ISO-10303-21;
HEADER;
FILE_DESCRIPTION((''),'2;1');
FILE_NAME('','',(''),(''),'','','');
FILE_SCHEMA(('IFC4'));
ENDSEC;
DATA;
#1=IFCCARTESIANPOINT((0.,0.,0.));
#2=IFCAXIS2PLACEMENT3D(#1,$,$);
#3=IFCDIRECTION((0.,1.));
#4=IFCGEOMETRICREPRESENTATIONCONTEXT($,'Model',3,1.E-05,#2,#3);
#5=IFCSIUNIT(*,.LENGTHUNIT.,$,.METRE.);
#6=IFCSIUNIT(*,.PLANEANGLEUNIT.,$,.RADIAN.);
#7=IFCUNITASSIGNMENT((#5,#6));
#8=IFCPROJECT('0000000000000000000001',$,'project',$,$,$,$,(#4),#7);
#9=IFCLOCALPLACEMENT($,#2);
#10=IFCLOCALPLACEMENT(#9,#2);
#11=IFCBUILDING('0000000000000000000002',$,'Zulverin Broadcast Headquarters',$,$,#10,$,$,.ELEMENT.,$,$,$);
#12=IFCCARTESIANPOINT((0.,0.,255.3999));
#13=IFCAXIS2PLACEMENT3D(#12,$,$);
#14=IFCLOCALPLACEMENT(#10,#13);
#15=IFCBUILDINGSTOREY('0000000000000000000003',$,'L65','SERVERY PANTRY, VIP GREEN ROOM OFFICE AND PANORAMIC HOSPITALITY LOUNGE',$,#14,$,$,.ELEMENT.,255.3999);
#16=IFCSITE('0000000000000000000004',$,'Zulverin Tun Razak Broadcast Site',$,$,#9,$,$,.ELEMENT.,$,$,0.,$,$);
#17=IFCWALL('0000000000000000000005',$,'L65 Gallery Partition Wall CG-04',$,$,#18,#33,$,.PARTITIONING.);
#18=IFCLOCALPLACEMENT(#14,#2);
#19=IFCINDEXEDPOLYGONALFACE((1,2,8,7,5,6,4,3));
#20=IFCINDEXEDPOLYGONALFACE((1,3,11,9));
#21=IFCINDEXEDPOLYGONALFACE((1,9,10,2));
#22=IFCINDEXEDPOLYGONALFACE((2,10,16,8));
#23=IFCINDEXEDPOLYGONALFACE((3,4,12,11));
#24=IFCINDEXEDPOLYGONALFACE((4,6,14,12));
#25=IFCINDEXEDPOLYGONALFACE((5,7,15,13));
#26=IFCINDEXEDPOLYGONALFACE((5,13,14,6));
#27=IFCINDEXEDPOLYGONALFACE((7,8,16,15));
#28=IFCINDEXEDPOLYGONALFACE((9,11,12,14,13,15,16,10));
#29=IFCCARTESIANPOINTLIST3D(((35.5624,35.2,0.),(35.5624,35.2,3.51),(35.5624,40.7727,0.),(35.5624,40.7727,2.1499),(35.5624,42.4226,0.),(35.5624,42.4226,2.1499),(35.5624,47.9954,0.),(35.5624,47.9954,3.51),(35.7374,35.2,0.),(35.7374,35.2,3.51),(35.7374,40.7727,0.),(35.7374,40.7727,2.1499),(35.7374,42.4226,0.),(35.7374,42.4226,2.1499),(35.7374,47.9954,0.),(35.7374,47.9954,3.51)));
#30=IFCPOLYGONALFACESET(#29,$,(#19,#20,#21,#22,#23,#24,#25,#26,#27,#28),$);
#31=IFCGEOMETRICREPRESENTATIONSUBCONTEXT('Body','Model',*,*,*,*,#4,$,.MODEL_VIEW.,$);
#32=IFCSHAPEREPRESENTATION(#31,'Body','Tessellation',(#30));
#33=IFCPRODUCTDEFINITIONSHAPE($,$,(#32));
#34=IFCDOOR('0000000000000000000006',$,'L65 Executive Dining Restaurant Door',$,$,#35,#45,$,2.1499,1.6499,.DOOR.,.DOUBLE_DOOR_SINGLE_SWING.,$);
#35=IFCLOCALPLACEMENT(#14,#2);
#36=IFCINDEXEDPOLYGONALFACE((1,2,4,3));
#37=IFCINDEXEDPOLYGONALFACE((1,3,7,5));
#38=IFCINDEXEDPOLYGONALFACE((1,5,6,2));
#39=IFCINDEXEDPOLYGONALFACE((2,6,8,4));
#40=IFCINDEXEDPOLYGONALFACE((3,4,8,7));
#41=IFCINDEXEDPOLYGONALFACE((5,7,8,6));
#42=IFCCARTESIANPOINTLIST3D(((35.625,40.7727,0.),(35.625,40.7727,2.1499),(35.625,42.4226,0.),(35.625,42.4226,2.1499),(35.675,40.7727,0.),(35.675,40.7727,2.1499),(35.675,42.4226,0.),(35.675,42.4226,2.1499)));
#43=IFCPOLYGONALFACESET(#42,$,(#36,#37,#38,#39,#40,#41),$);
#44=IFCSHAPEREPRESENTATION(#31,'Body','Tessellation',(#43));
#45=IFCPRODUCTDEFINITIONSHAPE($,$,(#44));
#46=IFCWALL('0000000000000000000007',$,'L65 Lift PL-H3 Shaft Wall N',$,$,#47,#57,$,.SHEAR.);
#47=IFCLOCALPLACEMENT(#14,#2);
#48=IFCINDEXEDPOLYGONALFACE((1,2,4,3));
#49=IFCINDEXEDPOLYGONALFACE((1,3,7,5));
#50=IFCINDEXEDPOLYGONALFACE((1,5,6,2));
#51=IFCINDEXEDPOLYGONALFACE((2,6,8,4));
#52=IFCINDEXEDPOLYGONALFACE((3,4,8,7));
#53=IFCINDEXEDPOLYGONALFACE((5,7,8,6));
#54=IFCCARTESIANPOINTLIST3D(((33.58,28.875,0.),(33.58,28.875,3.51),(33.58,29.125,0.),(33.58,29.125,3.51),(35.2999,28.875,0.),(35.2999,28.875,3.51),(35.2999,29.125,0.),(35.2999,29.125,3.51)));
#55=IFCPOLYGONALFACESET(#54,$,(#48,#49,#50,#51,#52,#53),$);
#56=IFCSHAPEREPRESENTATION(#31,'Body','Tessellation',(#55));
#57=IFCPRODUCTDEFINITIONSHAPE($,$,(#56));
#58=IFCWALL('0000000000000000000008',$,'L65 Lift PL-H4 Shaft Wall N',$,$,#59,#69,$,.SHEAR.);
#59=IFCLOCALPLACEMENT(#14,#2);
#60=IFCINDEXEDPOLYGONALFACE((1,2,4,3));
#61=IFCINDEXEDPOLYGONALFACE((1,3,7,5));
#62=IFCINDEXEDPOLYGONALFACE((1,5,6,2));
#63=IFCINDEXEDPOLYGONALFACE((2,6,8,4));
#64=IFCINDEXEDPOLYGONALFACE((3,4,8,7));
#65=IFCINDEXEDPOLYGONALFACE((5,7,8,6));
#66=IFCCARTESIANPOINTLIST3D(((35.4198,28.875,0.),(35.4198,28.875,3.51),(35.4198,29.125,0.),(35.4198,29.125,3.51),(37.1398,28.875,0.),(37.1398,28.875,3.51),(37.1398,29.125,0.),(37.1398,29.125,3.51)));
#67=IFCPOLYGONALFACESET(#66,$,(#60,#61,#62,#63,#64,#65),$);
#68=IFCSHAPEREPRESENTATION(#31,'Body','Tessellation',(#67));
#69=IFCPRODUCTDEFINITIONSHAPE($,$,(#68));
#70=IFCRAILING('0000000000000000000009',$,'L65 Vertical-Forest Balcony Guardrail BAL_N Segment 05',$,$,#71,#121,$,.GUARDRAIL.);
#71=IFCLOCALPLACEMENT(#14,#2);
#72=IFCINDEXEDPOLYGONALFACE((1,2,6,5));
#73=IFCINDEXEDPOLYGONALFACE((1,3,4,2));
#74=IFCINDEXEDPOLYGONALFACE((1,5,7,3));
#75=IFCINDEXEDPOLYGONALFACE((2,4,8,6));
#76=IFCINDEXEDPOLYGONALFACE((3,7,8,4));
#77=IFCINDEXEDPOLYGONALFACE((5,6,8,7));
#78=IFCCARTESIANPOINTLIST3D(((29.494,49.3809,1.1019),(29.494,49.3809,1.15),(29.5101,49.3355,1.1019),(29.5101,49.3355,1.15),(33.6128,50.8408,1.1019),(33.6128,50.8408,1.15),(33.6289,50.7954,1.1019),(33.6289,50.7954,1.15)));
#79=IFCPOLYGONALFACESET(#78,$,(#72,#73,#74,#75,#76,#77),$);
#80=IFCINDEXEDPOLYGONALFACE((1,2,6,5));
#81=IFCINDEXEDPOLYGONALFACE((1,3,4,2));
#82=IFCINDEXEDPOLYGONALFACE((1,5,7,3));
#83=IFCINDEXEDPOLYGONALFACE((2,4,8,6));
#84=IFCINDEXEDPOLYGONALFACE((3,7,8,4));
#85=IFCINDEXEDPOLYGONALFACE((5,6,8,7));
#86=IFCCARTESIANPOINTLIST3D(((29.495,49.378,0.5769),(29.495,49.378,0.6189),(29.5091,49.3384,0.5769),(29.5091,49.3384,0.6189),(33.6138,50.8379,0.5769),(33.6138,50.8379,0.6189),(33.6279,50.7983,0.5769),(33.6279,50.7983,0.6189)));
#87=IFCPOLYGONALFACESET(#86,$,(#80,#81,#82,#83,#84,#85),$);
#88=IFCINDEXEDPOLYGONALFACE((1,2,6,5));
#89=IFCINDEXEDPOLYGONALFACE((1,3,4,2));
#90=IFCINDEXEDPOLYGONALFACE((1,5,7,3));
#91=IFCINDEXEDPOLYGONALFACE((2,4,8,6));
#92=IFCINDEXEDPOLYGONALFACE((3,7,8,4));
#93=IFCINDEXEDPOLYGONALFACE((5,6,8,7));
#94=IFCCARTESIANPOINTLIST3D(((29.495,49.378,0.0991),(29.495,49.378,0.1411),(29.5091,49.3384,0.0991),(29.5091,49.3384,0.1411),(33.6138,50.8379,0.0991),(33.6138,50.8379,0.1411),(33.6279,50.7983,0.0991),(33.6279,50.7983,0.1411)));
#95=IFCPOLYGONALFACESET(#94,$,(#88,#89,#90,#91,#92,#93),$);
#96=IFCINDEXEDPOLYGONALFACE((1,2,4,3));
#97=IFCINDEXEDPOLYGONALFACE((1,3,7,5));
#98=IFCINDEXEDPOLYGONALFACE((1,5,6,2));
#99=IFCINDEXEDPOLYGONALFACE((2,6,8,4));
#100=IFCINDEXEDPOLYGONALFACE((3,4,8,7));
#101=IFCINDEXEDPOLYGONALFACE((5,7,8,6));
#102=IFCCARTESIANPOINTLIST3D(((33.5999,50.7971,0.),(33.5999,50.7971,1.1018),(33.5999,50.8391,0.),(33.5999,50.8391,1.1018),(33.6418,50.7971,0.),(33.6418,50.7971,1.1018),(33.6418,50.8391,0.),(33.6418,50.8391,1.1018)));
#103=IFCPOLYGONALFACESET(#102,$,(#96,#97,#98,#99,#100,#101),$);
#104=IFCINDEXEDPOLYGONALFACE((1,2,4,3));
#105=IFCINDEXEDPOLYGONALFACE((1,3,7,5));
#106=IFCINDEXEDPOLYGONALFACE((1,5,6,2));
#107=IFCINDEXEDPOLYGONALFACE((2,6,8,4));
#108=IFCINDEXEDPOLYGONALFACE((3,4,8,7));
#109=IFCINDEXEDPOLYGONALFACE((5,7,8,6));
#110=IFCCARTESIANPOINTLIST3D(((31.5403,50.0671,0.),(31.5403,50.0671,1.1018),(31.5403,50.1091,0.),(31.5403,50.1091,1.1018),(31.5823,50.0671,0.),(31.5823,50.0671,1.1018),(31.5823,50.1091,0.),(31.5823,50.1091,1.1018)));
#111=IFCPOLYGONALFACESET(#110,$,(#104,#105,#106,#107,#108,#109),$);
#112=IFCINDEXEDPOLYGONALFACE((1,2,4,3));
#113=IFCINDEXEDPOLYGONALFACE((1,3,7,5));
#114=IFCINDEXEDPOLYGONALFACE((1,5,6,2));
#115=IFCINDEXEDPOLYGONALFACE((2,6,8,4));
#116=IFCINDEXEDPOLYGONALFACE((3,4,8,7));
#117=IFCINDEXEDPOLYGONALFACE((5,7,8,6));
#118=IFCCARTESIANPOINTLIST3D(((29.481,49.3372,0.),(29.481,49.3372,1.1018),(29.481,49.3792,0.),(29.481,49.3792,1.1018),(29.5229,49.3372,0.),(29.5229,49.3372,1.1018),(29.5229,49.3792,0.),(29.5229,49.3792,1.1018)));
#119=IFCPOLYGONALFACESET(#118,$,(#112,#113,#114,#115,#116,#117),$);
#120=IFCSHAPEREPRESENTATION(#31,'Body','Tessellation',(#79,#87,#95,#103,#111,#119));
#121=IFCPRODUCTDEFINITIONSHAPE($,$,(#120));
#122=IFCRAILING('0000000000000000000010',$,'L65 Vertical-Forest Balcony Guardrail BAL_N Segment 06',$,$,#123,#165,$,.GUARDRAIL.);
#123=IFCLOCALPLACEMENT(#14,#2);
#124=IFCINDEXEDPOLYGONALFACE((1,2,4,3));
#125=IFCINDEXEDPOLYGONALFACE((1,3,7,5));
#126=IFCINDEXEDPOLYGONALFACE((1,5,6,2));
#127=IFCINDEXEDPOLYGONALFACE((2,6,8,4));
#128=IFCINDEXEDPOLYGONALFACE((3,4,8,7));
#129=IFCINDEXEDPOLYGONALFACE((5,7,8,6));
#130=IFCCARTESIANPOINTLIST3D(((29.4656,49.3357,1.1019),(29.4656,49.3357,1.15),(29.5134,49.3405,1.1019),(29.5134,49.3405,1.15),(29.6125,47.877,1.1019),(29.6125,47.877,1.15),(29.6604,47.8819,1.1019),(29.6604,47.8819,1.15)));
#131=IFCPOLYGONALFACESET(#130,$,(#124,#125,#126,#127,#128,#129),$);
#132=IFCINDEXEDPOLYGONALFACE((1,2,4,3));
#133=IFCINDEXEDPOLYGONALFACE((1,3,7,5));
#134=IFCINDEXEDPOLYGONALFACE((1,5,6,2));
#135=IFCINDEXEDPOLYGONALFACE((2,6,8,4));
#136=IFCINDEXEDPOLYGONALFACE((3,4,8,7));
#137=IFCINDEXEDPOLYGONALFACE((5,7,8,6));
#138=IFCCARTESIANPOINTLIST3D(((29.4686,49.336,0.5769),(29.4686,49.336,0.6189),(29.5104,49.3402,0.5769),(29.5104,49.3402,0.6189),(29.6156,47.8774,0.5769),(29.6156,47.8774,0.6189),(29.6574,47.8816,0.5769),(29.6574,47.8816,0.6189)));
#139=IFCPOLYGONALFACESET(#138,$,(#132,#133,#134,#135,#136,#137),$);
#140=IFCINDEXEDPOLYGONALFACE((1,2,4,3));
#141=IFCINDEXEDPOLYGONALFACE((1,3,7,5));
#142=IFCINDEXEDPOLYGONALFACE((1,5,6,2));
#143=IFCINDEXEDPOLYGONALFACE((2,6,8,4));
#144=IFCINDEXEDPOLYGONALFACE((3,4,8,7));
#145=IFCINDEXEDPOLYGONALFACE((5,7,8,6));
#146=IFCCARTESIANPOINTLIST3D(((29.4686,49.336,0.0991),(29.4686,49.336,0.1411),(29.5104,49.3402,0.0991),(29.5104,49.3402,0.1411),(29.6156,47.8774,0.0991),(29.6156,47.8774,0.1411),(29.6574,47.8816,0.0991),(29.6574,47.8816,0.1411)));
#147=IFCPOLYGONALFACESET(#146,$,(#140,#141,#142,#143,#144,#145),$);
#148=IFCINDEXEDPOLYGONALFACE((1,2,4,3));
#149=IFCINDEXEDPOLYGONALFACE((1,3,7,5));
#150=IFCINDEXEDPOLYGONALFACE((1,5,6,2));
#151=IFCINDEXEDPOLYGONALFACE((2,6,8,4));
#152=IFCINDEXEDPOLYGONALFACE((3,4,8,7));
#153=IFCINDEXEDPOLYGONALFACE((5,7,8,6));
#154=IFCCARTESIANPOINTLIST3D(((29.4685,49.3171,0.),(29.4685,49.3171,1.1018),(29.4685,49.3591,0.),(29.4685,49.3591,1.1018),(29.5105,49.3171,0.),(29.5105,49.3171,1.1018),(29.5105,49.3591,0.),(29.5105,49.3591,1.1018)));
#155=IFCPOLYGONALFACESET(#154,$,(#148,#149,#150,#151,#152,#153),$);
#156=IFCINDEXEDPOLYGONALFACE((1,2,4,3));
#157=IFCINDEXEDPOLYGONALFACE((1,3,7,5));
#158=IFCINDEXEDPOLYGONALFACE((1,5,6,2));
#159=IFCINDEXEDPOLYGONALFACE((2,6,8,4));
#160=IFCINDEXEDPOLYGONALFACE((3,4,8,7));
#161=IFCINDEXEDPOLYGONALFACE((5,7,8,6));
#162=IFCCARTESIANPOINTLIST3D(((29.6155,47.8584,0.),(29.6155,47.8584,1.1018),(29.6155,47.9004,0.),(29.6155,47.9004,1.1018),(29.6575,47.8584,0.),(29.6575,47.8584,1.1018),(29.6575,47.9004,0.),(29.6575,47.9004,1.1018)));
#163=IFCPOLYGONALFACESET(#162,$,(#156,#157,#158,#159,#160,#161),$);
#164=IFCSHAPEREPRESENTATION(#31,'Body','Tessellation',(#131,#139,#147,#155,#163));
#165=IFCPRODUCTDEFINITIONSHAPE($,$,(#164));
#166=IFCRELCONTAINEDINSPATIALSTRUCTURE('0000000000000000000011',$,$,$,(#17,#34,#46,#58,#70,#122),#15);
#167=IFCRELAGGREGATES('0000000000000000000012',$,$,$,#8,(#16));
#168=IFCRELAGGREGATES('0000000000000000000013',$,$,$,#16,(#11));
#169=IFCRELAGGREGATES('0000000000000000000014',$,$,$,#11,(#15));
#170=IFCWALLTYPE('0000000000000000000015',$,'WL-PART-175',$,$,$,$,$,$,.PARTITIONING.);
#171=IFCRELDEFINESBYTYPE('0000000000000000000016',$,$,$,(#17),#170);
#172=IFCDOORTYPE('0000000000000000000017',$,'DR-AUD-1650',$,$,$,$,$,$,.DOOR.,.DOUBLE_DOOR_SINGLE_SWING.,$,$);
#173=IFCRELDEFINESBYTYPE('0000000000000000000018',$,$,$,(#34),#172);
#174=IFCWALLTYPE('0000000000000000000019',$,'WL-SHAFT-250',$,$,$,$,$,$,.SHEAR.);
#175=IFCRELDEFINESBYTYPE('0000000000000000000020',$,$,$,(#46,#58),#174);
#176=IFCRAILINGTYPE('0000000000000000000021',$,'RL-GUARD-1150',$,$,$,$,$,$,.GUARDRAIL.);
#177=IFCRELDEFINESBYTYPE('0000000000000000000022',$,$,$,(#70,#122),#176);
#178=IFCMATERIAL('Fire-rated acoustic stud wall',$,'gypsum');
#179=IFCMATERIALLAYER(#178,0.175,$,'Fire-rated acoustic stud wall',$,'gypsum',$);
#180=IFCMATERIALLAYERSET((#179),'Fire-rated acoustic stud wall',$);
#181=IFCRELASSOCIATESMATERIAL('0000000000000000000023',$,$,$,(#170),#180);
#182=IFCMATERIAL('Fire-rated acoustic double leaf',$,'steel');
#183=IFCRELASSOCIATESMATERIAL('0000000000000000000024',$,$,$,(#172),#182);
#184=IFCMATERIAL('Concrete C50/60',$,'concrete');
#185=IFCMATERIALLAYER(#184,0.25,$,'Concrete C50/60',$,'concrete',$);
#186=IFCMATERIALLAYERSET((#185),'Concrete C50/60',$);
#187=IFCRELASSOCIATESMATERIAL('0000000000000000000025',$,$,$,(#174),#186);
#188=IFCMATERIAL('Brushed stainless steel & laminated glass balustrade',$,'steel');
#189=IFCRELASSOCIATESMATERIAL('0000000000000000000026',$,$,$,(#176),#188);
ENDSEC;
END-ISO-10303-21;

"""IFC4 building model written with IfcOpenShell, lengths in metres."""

from ifc_helpers import new_model, si_unit, direction, frame, frame_2d, origin, origin_2d, place, context, subcontext, project, spatial, rectangle, extrude, material, layer, layer_set, type_object, element, fill, save


model = new_model("IFC4")

# Units and contexts
model_context = context("Model", 3, precision=1e-05, world=origin(), true_north=direction((0.0, 1.0)))
body_context = subcontext(model_context, "Body", "Model", "MODEL_VIEW")
ifc_project = project(units=[si_unit("LENGTHUNIT", "METRE"), si_unit("PLANEANGLEUNIT", "RADIAN")], contexts=[model_context])

# Site, building, storey
site_placement = place(None, origin())
site = spatial("IfcSite", under=ifc_project, at=site_placement, Name="Zulverin Tun Razak Broadcast Site", CompositionType="ELEMENT", RefElevation=0.0)
building_placement = place(site_placement, origin())
building = spatial("IfcBuilding", under=site, at=building_placement, Name="Zulverin Broadcast Headquarters", CompositionType="ELEMENT")
storey_placement = place(building_placement, frame((0.0, 0.0, 255.3999)))
storey = spatial("IfcBuildingStorey", under=building, at=storey_placement, Name="L65", Description="SERVERY PANTRY, VIP GREEN ROOM OFFICE AND PANORAMIC HOSPITALITY LOUNGE", CompositionType="ELEMENT", Elevation=255.3999)

# Shared definitions
ifc_material_1 = material(Name="Concrete C50/60", Category="concrete")

# Wall, opening, door
ifc_material_2 = material(Name="Fire-rated acoustic stud wall", Category="gypsum")
ifc_layer_1 = layer(ifc_material_2, 0.175, Name="Fire-rated acoustic stud wall", Category="gypsum")
ifc_layer_set_1 = layer_set([ifc_layer_1], Name="Fire-rated acoustic stud wall")
wall_type_1 = type_object("IfcWallType", Name="WL-PART-175", PredefinedType="PARTITIONING", material=ifc_layer_set_1)
wall_1_placement = place(storey_placement, frame((35.6499, 35.2, 0.0), z_axis=(0.0, 0.0, 1.0), x_axis=(0.0, 1.0, 0.0)))
wall_1 = element("IfcWall", 1, at=wall_1_placement, inside=storey, type_object=wall_type_1, Name="L65 Gallery Partition Wall CG-04", PredefinedType="PARTITIONING", context=body_context, shape_type="SweptSolid", body=[
    extrude(rectangle(XDim=12.7954, YDim=0.175, at=frame_2d((6.3977, 0.0))), origin(), (0.0, 0.0, 1.0), 3.51),
])
opening_1_placement = place(wall_1_placement, frame((5.5728, 0.0, 0.0)))
opening_1 = element("IfcOpeningElement", 2, at=opening_1_placement, cuts=wall_1, PredefinedType="OPENING", context=body_context, shape_type="SweptSolid", body=[
    extrude(rectangle(XDim=1.6499, YDim=2.1499, at=frame_2d((0.825, 1.075))), frame((0.0, 0.0974, 0.0), z_axis=(0.0, -1.0, 0.0), x_axis=(1.0, 0.0, 0.0)), (0.0, 0.0, 1.0), 0.1951),
])
ifc_material_3 = material(Name="Fire-rated acoustic double leaf", Category="steel")
door_type_1 = type_object("IfcDoorType", Name="DR-AUD-1650", OperationType="DOUBLE_DOOR_SINGLE_SWING", PredefinedType="DOOR", material=ifc_material_3)
door_1_placement = place(opening_1_placement, origin())
door_1 = element("IfcDoor", 3, at=door_1_placement, inside=storey, type_object=door_type_1, Name="L65 Executive Dining Restaurant Door", OperationType="DOUBLE_DOOR_SINGLE_SWING", OverallHeight=2.1499, OverallWidth=1.6499, PredefinedType="DOOR", context=body_context, shape_type="SweptSolid", body=[
    extrude(rectangle(XDim=1.6499, YDim=2.1499, at=frame_2d((0.825, 1.075))), frame((0.0, 0.0249, 0.0), z_axis=(0.0, -1.0, 0.0), x_axis=(1.0, 0.0, 0.0)), (0.0, 0.0, 1.0), 0.05),
])
fill(opening_1, door_1)

# Walls
ifc_layer_2 = layer(ifc_material_1, 0.25, Name="Concrete C50/60", Category="concrete")
ifc_layer_set_2 = layer_set([ifc_layer_2], Name="Concrete C50/60")
wall_type_2 = type_object("IfcWallType", Name="WL-SHAFT-250", PredefinedType="SHEAR", material=ifc_layer_set_2)
for number, where, z_axis, x_axis, name in (
    (4, (33.5801, 29.0, 0.0), (0.0, 0.0, 1.0), (1.0, 0.0, 0.0), "L65 Lift PL-H3 Shaft Wall N"),
    (5, (35.4199, 29.0, 0.0), (0.0, 0.0, 1.0), (1.0, 0.0, 0.0), "L65 Lift PL-H4 Shaft Wall N"),
):
    element("IfcWall", number, at=place(storey_placement, frame(where, z_axis=z_axis, x_axis=x_axis)), inside=storey, type_object=wall_type_2, Name=name, PredefinedType="SHEAR", context=body_context, shape_type="SweptSolid", body=[
        extrude(rectangle(XDim=1.72, YDim=0.25, at=frame_2d((0.8599, 0.0))), origin(), (0.0, 0.0, 1.0), 3.51),
    ])

# Railings
ifc_material_4 = material(Name="Brushed stainless steel & laminated glass balustrade", Category="steel")
railing_type = type_object("IfcRailingType", Name="RL-GUARD-1150", PredefinedType="GUARDRAIL", material=ifc_material_4)
railing_1_placement = place(storey_placement, frame((33.6208, 50.8181, 0.0)))
element("IfcRailing", 6, at=railing_1_placement, inside=storey, type_object=railing_type, Name="L65 Vertical-Forest Balcony Guardrail BAL_N Segment 05", PredefinedType="GUARDRAIL", context=body_context, shape_type="SweptSolid", body=[
    extrude(rectangle(XDim=0.0481, YDim=0.0481, at=origin_2d()), frame((0.0, 0.0, 1.126), z_axis=(-0.942542, -0.334088, 0.0), x_axis=(0.334088, -0.942542, 0.0)), (0.0, 0.0, 1.0), 4.3699),
    extrude(rectangle(XDim=0.042, YDim=0.042, at=origin_2d()), frame((0.0, 0.0, 0.5979), z_axis=(-0.942542, -0.334088, 0.0), x_axis=(0.334088, -0.942542, 0.0)), (0.0, 0.0, 1.0), 4.3699),
    extrude(rectangle(XDim=0.042, YDim=0.042, at=origin_2d()), frame((0.0, 0.0, 0.1201), z_axis=(-0.942542, -0.334088, 0.0), x_axis=(0.334088, -0.942542, 0.0)), (0.0, 0.0, 1.0), 4.3699),
    extrude(rectangle(XDim=0.042, YDim=0.042, at=origin_2d()), origin(), (0.0, 0.0, 1.0), 1.1018),
    extrude(rectangle(XDim=0.042, YDim=0.042, at=origin_2d()), frame((-2.0596, -0.73, 0.0)), (0.0, 0.0, 1.0), 1.1018),
    extrude(rectangle(XDim=0.042, YDim=0.042, at=origin_2d()), frame((-4.1189, -1.46, 0.0)), (0.0, 0.0, 1.0), 1.1018),
])
railing_2_placement = place(storey_placement, frame((29.4895, 49.3381, 0.0)))
element("IfcRailing", 7, at=railing_2_placement, inside=storey, type_object=railing_type, Name="L65 Vertical-Forest Balcony Guardrail BAL_N Segment 06", PredefinedType="GUARDRAIL", context=body_context, shape_type="SweptSolid", body=[
    extrude(rectangle(XDim=0.0481, YDim=0.0481, at=origin_2d()), frame((0.0, 0.0, 1.126), z_axis=(0.100246, -0.994963, 0.0), x_axis=(0.994963, 0.100246, 0.0)), (0.0, 0.0, 1.0), 1.4661),
    extrude(rectangle(XDim=0.042, YDim=0.042, at=origin_2d()), frame((0.0, 0.0, 0.5979), z_axis=(0.100246, -0.994963, 0.0), x_axis=(0.994963, 0.100246, 0.0)), (0.0, 0.0, 1.0), 1.4661),
    extrude(rectangle(XDim=0.042, YDim=0.042, at=origin_2d()), frame((0.0, 0.0, 0.1201), z_axis=(0.100246, -0.994963, 0.0), x_axis=(0.994963, 0.100246, 0.0)), (0.0, 0.0, 1.0), 1.4661),
    extrude(rectangle(XDim=0.042, YDim=0.042, at=origin_2d()), origin(), (0.0, 0.0, 1.0), 1.1018),
    extrude(rectangle(XDim=0.042, YDim=0.042, at=origin_2d()), frame((0.147, -1.4587, 0.0)), (0.0, 0.0, 1.0), 1.1018),
])

save(model, "model.ifc")
